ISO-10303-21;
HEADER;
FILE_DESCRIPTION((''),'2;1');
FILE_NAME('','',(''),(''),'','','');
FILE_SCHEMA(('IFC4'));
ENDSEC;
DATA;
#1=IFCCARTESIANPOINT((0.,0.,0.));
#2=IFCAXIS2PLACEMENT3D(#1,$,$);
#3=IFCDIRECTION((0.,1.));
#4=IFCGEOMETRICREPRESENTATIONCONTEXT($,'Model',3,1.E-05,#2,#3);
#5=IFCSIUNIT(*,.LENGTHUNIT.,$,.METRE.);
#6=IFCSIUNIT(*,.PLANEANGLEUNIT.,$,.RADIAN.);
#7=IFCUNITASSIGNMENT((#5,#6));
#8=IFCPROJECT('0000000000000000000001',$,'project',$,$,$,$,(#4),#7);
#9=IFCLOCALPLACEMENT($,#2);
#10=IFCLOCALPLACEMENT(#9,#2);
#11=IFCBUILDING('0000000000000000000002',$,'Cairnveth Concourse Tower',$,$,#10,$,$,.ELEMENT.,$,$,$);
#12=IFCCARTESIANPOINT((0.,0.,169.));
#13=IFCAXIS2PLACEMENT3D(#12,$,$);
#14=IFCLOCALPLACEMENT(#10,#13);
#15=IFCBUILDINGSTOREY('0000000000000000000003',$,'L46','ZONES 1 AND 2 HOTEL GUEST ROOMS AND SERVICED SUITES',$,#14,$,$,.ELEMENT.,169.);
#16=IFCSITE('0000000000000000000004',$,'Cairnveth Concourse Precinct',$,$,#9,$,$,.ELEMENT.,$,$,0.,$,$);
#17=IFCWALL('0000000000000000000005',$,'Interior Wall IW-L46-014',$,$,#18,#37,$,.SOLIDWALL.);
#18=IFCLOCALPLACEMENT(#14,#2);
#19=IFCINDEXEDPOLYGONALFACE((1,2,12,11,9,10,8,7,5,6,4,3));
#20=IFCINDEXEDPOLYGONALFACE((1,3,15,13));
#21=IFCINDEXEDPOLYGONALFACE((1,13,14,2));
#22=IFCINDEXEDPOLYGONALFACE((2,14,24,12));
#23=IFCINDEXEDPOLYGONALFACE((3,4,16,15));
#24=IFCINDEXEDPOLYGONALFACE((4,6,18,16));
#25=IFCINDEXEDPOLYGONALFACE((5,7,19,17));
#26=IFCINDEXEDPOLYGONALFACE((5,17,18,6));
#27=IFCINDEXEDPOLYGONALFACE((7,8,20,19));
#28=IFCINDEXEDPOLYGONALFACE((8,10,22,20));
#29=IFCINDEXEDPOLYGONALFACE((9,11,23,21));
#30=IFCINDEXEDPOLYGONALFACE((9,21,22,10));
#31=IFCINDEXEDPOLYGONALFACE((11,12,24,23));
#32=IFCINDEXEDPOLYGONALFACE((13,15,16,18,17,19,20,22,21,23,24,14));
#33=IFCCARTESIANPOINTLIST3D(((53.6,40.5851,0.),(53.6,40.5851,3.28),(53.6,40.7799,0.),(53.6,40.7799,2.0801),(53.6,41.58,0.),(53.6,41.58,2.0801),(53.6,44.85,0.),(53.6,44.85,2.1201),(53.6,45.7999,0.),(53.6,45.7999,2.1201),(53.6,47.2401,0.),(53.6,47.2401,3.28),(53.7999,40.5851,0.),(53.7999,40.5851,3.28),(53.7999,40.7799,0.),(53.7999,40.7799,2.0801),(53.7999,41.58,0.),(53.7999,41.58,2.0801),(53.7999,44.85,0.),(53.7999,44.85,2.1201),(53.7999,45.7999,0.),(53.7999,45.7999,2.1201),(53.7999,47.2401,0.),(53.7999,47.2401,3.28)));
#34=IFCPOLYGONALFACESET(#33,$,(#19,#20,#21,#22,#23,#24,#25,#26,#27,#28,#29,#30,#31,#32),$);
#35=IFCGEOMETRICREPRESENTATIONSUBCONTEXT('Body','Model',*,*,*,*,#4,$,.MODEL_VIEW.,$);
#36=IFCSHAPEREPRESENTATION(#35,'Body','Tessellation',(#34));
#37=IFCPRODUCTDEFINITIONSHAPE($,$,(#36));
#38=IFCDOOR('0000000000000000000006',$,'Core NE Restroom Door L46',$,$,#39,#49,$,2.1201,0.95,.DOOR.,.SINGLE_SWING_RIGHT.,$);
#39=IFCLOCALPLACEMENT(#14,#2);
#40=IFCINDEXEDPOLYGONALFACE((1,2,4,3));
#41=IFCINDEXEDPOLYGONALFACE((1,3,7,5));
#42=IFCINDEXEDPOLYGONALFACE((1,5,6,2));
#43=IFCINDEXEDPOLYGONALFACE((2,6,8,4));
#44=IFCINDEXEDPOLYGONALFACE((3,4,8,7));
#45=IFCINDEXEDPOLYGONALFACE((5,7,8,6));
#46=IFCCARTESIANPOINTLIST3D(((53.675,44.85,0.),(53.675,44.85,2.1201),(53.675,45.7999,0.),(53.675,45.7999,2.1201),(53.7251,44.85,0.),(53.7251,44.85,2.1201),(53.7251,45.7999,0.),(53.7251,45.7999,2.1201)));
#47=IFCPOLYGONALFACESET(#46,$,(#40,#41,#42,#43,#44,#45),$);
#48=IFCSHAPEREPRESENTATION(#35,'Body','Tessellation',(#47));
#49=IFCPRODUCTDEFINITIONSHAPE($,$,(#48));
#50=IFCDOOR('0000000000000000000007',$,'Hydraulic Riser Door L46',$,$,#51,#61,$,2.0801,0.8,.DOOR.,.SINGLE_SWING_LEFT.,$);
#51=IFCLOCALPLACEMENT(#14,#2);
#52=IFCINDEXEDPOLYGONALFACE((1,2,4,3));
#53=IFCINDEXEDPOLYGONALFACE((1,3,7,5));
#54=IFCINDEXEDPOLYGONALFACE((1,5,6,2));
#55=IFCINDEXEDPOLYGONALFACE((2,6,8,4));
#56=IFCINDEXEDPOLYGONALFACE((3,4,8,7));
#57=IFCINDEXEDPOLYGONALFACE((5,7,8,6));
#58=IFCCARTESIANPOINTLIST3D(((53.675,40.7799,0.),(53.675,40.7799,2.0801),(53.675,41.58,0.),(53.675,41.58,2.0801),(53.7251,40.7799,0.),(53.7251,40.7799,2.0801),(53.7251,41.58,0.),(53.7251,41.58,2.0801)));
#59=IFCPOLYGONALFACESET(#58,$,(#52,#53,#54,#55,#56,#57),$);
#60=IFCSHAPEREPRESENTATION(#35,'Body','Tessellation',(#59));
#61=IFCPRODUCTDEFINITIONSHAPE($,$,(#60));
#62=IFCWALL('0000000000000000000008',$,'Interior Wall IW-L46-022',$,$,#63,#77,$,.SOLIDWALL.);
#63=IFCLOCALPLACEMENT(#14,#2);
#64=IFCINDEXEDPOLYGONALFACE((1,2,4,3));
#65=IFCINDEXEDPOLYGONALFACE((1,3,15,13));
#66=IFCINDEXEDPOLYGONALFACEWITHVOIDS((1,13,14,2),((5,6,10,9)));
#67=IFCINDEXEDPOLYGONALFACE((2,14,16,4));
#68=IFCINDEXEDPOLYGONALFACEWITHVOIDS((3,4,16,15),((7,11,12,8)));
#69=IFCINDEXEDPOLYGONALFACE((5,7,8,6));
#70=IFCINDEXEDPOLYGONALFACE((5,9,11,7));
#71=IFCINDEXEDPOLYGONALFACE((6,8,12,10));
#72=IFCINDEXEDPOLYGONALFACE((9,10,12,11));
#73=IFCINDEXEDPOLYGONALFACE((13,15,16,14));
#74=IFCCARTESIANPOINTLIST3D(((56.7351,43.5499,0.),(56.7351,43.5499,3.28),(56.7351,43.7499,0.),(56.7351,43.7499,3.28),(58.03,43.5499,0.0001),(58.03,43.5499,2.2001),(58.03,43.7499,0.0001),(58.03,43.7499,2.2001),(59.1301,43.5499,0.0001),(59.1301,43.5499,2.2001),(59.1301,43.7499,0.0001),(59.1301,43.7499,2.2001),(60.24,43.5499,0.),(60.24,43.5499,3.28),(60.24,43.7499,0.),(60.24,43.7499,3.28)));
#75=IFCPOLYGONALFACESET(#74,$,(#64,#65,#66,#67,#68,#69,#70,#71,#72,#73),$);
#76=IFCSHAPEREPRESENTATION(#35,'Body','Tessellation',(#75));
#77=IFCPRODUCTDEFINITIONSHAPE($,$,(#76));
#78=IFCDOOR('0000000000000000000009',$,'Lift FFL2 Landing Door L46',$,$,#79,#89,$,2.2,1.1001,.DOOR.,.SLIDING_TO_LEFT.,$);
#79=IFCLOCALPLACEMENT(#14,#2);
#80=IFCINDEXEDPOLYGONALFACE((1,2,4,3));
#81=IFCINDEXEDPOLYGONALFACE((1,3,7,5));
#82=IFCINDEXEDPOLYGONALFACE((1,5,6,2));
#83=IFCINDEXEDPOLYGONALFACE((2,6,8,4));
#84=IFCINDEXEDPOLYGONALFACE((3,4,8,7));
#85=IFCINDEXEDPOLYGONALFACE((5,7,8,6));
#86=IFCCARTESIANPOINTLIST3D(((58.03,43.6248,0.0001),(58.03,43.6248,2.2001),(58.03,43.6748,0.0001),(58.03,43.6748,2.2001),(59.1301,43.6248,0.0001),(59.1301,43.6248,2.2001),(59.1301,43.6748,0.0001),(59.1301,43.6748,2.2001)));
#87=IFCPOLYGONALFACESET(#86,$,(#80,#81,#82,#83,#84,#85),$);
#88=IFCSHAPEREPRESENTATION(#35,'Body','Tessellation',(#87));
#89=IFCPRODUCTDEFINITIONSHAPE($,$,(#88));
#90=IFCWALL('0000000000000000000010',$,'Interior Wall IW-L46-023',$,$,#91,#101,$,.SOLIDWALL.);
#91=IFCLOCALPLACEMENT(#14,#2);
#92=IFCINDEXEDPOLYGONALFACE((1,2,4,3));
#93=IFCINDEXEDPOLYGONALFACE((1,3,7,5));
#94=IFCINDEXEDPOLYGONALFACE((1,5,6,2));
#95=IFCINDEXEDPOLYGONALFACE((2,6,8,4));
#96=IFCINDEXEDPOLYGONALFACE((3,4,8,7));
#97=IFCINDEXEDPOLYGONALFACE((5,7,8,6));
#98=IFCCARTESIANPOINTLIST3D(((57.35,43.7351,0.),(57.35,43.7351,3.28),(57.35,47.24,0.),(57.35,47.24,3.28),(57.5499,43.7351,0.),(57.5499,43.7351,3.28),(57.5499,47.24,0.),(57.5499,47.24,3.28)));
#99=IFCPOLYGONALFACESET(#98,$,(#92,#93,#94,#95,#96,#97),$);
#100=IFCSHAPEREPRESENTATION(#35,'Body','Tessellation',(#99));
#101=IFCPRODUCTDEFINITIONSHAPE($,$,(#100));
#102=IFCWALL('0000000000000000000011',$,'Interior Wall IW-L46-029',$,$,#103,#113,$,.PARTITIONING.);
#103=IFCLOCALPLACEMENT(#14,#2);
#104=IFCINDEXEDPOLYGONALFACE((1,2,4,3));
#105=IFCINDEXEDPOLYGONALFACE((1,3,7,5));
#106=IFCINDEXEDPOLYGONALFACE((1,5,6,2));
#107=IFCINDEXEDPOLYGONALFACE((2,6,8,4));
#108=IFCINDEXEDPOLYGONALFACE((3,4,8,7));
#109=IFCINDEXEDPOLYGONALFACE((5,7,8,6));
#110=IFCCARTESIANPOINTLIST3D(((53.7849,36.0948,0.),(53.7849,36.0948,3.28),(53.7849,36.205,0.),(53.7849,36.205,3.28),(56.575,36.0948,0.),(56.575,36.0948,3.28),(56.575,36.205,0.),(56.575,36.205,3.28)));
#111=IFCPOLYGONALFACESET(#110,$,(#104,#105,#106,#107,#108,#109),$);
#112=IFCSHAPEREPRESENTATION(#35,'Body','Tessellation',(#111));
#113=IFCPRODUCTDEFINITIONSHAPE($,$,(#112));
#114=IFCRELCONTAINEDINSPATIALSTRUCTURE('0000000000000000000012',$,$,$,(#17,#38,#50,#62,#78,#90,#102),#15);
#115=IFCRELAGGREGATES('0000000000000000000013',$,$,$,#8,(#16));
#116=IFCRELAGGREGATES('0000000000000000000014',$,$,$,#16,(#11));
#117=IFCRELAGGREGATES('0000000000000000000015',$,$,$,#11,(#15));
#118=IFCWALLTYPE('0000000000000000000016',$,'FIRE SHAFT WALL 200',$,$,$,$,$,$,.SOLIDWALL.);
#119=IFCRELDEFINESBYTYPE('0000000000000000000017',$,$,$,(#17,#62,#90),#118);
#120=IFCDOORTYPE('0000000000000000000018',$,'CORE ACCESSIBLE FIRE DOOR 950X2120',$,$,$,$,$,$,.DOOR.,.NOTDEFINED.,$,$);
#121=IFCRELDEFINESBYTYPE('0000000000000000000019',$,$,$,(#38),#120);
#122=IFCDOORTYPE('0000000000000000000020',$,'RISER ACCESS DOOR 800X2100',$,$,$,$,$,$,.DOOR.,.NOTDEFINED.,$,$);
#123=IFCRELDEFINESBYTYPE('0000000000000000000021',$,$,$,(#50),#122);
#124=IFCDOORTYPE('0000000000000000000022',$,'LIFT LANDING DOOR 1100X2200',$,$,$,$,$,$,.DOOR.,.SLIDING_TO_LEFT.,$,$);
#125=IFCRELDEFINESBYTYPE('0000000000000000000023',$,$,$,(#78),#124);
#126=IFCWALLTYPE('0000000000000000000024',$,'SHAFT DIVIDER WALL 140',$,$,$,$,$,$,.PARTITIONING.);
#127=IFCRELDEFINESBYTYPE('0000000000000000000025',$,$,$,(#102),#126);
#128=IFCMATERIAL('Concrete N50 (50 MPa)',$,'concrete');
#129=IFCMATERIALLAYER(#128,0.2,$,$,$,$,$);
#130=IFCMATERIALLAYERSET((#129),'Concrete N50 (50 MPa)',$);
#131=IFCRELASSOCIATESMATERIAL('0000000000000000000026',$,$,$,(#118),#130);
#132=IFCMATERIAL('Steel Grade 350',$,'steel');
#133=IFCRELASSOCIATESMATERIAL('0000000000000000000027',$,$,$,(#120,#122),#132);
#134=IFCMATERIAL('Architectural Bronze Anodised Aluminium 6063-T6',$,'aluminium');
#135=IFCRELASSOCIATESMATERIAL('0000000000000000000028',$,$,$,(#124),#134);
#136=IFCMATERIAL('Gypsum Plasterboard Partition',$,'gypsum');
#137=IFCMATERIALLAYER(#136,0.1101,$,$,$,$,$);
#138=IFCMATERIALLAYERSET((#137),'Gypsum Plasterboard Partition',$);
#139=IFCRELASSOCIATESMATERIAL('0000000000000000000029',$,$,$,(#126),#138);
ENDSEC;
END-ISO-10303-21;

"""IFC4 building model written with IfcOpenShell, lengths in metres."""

from ifc_helpers import new_model, si_unit, direction, frame, frame_2d, origin, place, context, subcontext, project, spatial, rectangle, extrude, material, layer, layer_set, type_object, element, fill, save


model = new_model("IFC4")

# Units and contexts
model_context = context("Model", 3, precision=1e-05, world=origin(), true_north=direction((0.0, 1.0)))
body_context = subcontext(model_context, "Body", "Model", "MODEL_VIEW")
ifc_project = project(units=[si_unit("LENGTHUNIT", "METRE"), si_unit("PLANEANGLEUNIT", "RADIAN")], contexts=[model_context])

# Site, building, storey
site_placement = place(None, origin())
site = spatial("IfcSite", under=ifc_project, at=site_placement, Name="Cairnveth Concourse Precinct", CompositionType="ELEMENT", RefElevation=0.0)
building_placement = place(site_placement, origin())
building = spatial("IfcBuilding", under=site, at=building_placement, Name="Cairnveth Concourse Tower", CompositionType="ELEMENT")
storey_placement = place(building_placement, frame((0.0, 0.0, 169.0)))
storey = spatial("IfcBuildingStorey", under=building, at=storey_placement, Name="L46", Description="ZONES 1 AND 2 HOTEL GUEST ROOMS AND SERVICED SUITES", CompositionType="ELEMENT", Elevation=169.0)

# Shared definitions
ifc_material_1 = material(Name="Steel Grade 350", Category="steel")

# Shared definitions
ifc_material_2 = material(Name="Gypsum Plasterboard Partition", Category="gypsum")

# Shared definitions
ifc_material_3 = material(Name="Concrete N50 (50 MPa)", Category="concrete")

# Shared definitions
ifc_layer_1 = layer(ifc_material_3, 0.2)
ifc_layer_set_1 = layer_set([ifc_layer_1], Name="Concrete N50 (50 MPa)")
wall_type_1 = type_object("IfcWallType", Name="FIRE SHAFT WALL 200", PredefinedType="SOLIDWALL", material=ifc_layer_set_1)

# Wall, openings, doors
wall_1_placement = place(storey_placement, frame((53.7, 40.585, 0.0), z_axis=(0.0, 0.0, 1.0), x_axis=(0.0, 1.0, 0.0)))
wall_1 = element("IfcWall", 1, at=wall_1_placement, inside=storey, type_object=wall_type_1, Name="Interior Wall IW-L46-014", PredefinedType="SOLIDWALL", context=body_context, shape_type="SweptSolid", body=[
    extrude(rectangle(XDim=6.655, YDim=0.2, at=frame_2d((3.3276, 0.0))), origin(), (0.0, 0.0, 1.0), 3.28),
])
opening_1_placement = place(wall_1_placement, frame((0.1951, 0.0, 0.0)))
opening_1 = element("IfcOpeningElement", 2, at=opening_1_placement, cuts=wall_1, PredefinedType="OPENING", context=body_context, shape_type="SweptSolid", body=[
    extrude(rectangle(XDim=0.8, YDim=2.0801, at=frame_2d((0.3999, 1.04))), frame((0.0, 0.1099, 0.0), z_axis=(0.0, -1.0, 0.0), x_axis=(1.0, 0.0, 0.0)), (0.0, 0.0, 1.0), 0.22),
])
opening_2_placement = place(wall_1_placement, frame((4.2649, 0.0, 0.0)))
opening_2 = element("IfcOpeningElement", 3, at=opening_2_placement, cuts=wall_1, PredefinedType="OPENING", context=body_context, shape_type="SweptSolid", body=[
    extrude(rectangle(XDim=0.95, YDim=2.1201, at=frame_2d((0.4751, 1.0601))), frame((0.0, 0.1099, 0.0), z_axis=(0.0, -1.0, 0.0), x_axis=(1.0, 0.0, 0.0)), (0.0, 0.0, 1.0), 0.22),
])
door_type_1 = type_object("IfcDoorType", Name="CORE ACCESSIBLE FIRE DOOR 950X2120", OperationType="NOTDEFINED", PredefinedType="DOOR", material=ifc_material_1)
door_1_placement = place(opening_2_placement, origin())
door_1 = element("IfcDoor", 4, at=door_1_placement, inside=storey, type_object=door_type_1, Name="Core NE Restroom Door L46", OperationType="SINGLE_SWING_RIGHT", OverallHeight=2.1201, OverallWidth=0.95, PredefinedType="DOOR", context=body_context, shape_type="SweptSolid", body=[
    extrude(rectangle(XDim=0.95, YDim=2.1201, at=frame_2d((0.4751, 1.0601))), frame((0.0, 0.0249, 0.0), z_axis=(0.0, -1.0, 0.0), x_axis=(1.0, 0.0, 0.0)), (0.0, 0.0, 1.0), 0.05),
])
fill(opening_2, door_1)
door_type_2 = type_object("IfcDoorType", Name="RISER ACCESS DOOR 800X2100", OperationType="NOTDEFINED", PredefinedType="DOOR", material=ifc_material_1)
door_2_placement = place(opening_1_placement, origin())
door_2 = element("IfcDoor", 5, at=door_2_placement, inside=storey, type_object=door_type_2, Name="Hydraulic Riser Door L46", OperationType="SINGLE_SWING_LEFT", OverallHeight=2.0801, OverallWidth=0.8, PredefinedType="DOOR", context=body_context, shape_type="SweptSolid", body=[
    extrude(rectangle(XDim=0.8, YDim=2.0801, at=frame_2d((0.3999, 1.04))), frame((0.0, 0.0249, 0.0), z_axis=(0.0, -1.0, 0.0), x_axis=(1.0, 0.0, 0.0)), (0.0, 0.0, 1.0), 0.05),
])
fill(opening_1, door_2)

# Wall, opening, door
wall_2_placement = place(storey_placement, frame((56.7351, 43.6499, 0.0), z_axis=(0.0, 0.0, 1.0), x_axis=(1.0, 0.0, 0.0)))
wall_2 = element("IfcWall", 6, at=wall_2_placement, inside=storey, type_object=wall_type_1, Name="Interior Wall IW-L46-022", PredefinedType="SOLIDWALL", context=body_context, shape_type="SweptSolid", body=[
    extrude(rectangle(XDim=3.5049, YDim=0.2, at=frame_2d((1.7524, 0.0))), origin(), (0.0, 0.0, 1.0), 3.28),
])
opening_3_placement = place(wall_2_placement, frame((1.2949, 0.0, 0.0)))
opening_3 = element("IfcOpeningElement", 7, at=opening_3_placement, cuts=wall_2, PredefinedType="OPENING", context=body_context, shape_type="SweptSolid", body=[
    extrude(rectangle(XDim=1.1001, YDim=2.2, at=frame_2d((0.55, 1.1001))), frame((0.0, 0.1099, 0.0), z_axis=(0.0, -1.0, 0.0), x_axis=(1.0, 0.0, 0.0)), (0.0, 0.0, 1.0), 0.22),
])
ifc_material_4 = material(Name="Architectural Bronze Anodised Aluminium 6063-T6", Category="aluminium")
door_type_3 = type_object("IfcDoorType", Name="LIFT LANDING DOOR 1100X2200", OperationType="SLIDING_TO_LEFT", PredefinedType="DOOR", material=ifc_material_4)
door_3_placement = place(opening_3_placement, origin())
door_3 = element("IfcDoor", 8, at=door_3_placement, inside=storey, type_object=door_type_3, Name="Lift FFL2 Landing Door L46", OperationType="SLIDING_TO_LEFT", OverallHeight=2.2, OverallWidth=1.1001, PredefinedType="DOOR", context=body_context, shape_type="SweptSolid", body=[
    extrude(rectangle(XDim=1.1001, YDim=2.2, at=frame_2d((0.55, 1.1001))), frame((0.0, 0.0249, 0.0), z_axis=(0.0, -1.0, 0.0), x_axis=(1.0, 0.0, 0.0)), (0.0, 0.0, 1.0), 0.05),
])
fill(opening_3, door_3)

# Walls
wall_3_placement = place(storey_placement, frame((57.45, 43.7351, 0.0), z_axis=(0.0, 0.0, 1.0), x_axis=(0.0, 1.0, 0.0)))
element("IfcWall", 9, at=wall_3_placement, inside=storey, type_object=wall_type_1, Name="Interior Wall IW-L46-023", PredefinedType="SOLIDWALL", context=body_context, shape_type="SweptSolid", body=[
    extrude(rectangle(XDim=3.5049, YDim=0.2, at=frame_2d((1.7524, 0.0))), origin(), (0.0, 0.0, 1.0), 3.28),
])
ifc_layer_2 = layer(ifc_material_2, 0.1101)
ifc_layer_set_2 = layer_set([ifc_layer_2], Name="Gypsum Plasterboard Partition")
wall_type_2 = type_object("IfcWallType", Name="SHAFT DIVIDER WALL 140", PredefinedType="PARTITIONING", material=ifc_layer_set_2)
wall_4_placement = place(storey_placement, frame((53.7849, 36.1499, 0.0), z_axis=(0.0, 0.0, 1.0), x_axis=(1.0, 0.0, 0.0)))
element("IfcWall", 10, at=wall_4_placement, inside=storey, type_object=wall_type_2, Name="Interior Wall IW-L46-029", PredefinedType="PARTITIONING", context=body_context, shape_type="SweptSolid", body=[
    extrude(rectangle(XDim=2.79, YDim=0.1101, at=frame_2d((1.395, 0.0))), origin(), (0.0, 0.0, 1.0), 3.28),
])

save(model, "model.ifc")
